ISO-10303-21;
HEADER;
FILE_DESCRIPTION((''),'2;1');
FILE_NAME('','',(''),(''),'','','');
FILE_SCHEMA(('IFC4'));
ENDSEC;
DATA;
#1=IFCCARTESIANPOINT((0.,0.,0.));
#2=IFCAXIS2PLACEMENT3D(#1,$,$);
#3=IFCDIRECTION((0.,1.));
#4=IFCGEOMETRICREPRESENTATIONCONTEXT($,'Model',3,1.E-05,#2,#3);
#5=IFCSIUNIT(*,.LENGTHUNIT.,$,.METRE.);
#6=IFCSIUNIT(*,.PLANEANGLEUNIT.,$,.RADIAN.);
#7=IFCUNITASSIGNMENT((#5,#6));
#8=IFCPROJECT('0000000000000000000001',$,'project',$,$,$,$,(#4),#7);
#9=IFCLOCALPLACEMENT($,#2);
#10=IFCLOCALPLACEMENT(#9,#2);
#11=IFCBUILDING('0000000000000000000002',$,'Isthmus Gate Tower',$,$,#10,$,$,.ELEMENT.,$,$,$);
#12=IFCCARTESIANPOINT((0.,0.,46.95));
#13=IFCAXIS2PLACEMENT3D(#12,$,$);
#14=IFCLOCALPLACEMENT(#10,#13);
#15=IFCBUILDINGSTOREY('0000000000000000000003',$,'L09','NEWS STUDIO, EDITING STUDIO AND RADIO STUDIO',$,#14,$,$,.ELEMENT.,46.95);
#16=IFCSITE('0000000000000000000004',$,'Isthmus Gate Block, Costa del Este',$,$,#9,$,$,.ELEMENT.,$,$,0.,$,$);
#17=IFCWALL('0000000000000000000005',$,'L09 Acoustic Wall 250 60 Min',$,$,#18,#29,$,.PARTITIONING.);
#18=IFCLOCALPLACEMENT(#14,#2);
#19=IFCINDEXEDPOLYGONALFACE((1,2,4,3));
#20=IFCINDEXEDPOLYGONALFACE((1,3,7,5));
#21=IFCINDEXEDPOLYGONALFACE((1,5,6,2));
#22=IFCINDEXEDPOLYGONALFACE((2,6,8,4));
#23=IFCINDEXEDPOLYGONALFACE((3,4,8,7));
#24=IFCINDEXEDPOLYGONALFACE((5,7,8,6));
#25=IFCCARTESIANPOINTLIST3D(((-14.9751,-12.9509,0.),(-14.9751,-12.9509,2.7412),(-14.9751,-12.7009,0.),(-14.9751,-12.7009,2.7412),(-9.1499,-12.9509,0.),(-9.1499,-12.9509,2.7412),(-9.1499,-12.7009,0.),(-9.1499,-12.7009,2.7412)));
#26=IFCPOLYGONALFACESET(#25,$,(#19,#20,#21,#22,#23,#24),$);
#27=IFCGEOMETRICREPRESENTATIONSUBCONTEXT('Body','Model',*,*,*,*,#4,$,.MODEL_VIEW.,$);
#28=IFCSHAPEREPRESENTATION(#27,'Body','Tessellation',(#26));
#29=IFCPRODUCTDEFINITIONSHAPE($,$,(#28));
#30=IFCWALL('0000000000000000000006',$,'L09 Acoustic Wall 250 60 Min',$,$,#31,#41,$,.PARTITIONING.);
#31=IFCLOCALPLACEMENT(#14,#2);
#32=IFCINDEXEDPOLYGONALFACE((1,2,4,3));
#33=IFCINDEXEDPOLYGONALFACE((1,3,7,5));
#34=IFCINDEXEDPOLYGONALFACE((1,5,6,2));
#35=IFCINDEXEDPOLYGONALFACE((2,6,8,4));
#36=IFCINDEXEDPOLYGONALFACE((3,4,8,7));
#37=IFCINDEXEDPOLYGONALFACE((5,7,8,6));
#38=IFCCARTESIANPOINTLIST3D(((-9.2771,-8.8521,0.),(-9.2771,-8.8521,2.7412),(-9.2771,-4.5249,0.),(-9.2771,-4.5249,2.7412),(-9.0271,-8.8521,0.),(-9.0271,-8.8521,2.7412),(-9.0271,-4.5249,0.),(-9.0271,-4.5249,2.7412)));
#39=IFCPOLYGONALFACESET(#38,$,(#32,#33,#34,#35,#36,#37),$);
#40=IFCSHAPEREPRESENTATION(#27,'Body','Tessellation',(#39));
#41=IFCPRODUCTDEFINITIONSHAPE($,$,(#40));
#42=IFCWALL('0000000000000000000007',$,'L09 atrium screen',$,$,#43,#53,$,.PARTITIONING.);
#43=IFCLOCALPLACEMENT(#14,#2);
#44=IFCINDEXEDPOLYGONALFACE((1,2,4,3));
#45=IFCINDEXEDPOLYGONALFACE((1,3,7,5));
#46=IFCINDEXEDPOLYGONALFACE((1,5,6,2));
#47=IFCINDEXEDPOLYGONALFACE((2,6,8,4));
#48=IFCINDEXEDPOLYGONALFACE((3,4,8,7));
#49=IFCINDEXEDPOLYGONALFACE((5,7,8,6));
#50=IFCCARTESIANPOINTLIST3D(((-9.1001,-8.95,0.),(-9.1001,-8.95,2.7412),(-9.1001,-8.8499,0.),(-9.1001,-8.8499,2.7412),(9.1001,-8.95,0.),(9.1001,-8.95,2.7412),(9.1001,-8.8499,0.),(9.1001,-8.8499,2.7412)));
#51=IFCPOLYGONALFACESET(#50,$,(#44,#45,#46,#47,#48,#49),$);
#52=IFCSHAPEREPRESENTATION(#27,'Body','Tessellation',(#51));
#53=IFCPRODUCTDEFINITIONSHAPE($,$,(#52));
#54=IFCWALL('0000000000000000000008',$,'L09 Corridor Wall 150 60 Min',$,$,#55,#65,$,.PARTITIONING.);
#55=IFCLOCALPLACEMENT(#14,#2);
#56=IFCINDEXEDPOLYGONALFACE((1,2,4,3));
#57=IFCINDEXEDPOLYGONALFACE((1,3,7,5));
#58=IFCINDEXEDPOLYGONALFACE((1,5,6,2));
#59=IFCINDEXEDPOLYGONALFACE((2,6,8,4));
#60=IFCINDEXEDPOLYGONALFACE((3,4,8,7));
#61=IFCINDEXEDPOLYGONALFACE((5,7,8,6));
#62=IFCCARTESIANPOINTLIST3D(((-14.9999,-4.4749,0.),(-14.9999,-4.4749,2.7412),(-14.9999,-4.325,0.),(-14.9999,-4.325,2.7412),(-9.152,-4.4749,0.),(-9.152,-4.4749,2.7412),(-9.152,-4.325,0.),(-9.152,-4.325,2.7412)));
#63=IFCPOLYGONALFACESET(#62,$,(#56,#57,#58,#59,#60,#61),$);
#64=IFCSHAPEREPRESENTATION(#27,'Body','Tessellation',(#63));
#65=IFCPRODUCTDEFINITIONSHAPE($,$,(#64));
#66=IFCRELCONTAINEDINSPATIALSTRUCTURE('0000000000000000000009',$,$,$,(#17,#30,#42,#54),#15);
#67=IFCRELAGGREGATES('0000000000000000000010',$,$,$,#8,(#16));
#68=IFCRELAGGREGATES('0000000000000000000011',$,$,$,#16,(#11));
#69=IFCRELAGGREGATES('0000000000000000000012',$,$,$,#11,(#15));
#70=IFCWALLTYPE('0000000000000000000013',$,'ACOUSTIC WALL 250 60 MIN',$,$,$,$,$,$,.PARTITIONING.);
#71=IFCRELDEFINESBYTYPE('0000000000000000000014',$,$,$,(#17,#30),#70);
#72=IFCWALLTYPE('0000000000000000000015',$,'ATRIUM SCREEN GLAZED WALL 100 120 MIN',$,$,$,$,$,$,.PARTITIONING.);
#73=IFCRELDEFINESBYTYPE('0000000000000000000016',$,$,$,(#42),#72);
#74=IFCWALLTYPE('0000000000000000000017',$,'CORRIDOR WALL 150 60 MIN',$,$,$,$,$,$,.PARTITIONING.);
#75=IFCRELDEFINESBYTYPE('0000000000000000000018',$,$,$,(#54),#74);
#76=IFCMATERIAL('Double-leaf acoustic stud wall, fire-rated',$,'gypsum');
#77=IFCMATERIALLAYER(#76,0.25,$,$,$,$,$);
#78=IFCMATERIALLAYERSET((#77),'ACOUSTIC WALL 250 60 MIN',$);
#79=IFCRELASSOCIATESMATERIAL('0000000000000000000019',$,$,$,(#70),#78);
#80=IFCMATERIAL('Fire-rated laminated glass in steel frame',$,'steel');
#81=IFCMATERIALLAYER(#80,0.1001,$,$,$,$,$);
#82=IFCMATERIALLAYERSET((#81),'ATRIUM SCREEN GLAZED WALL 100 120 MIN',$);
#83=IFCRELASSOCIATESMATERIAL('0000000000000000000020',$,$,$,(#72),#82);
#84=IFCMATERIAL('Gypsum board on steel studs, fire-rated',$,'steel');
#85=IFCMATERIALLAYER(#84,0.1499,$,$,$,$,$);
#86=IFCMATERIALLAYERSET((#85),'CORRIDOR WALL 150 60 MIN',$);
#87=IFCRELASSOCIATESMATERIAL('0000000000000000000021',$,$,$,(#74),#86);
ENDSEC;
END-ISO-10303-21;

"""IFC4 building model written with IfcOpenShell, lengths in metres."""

from ifc_helpers import new_model, si_unit, direction, frame, frame_2d, origin, place, context, subcontext, project, spatial, rectangle, extrude, material, layer, layer_set, type_object, element, save


model = new_model("IFC4")

# Units and contexts
model_context = context("Model", 3, precision=1e-05, world=origin(), true_north=direction((0.0, 1.0)))
body_context = subcontext(model_context, "Body", "Model", "MODEL_VIEW")
ifc_project = project(units=[si_unit("LENGTHUNIT", "METRE"), si_unit("PLANEANGLEUNIT", "RADIAN")], contexts=[model_context])

# Site, building, storey
site_placement = place(None, origin())
site = spatial("IfcSite", under=ifc_project, at=site_placement, Name="Isthmus Gate Block, Costa del Este", CompositionType="ELEMENT", RefElevation=0.0)
building_placement = place(site_placement, origin())
building = spatial("IfcBuilding", under=site, at=building_placement, Name="Isthmus Gate Tower", CompositionType="ELEMENT")
storey_placement = place(building_placement, frame((0.0, 0.0, 46.95)))
storey = spatial("IfcBuildingStorey", under=building, at=storey_placement, Name="L09", Description="NEWS STUDIO, EDITING STUDIO AND RADIO STUDIO", CompositionType="ELEMENT", Elevation=46.95)

# Walls
ifc_material_1 = material(Name="Double-leaf acoustic stud wall, fire-rated", Category="gypsum")
ifc_layer_1 = layer(ifc_material_1, 0.25)
ifc_layer_set_1 = layer_set([ifc_layer_1], Name="ACOUSTIC WALL 250 60 MIN")
wall_type_1 = type_object("IfcWallType", Name="ACOUSTIC WALL 250 60 MIN", PredefinedType="PARTITIONING", material=ifc_layer_set_1)
wall_1_placement = place(storey_placement, frame((-14.9751, -12.8259, 0.0), z_axis=(0.0, 0.0, 1.0), x_axis=(1.0, 0.0, 0.0)))
element("IfcWall", 1, at=wall_1_placement, inside=storey, type_object=wall_type_1, Name="L09 Acoustic Wall 250 60 Min", PredefinedType="PARTITIONING", context=body_context, shape_type="SweptSolid", body=[
    extrude(rectangle(XDim=5.8252, YDim=0.25, at=frame_2d((2.9126, 0.0))), origin(), (0.0, 0.0, 1.0), 2.7412),
])
wall_2_placement = place(storey_placement, frame((-9.1521, -8.8521, 0.0), z_axis=(0.0, 0.0, 1.0), x_axis=(0.0, 1.0, 0.0)))
element("IfcWall", 2, at=wall_2_placement, inside=storey, type_object=wall_type_1, Name="L09 Acoustic Wall 250 60 Min", PredefinedType="PARTITIONING", context=body_context, shape_type="SweptSolid", body=[
    extrude(rectangle(XDim=4.3271, YDim=0.25, at=frame_2d((2.1636, 0.0))), origin(), (0.0, 0.0, 1.0), 2.7412),
])
ifc_material_2 = material(Name="Fire-rated laminated glass in steel frame", Category="steel")
ifc_layer_2 = layer(ifc_material_2, 0.1001)
ifc_layer_set_2 = layer_set([ifc_layer_2], Name="ATRIUM SCREEN GLAZED WALL 100 120 MIN")
wall_type_2 = type_object("IfcWallType", Name="ATRIUM SCREEN GLAZED WALL 100 120 MIN", PredefinedType="PARTITIONING", material=ifc_layer_set_2)
wall_3_placement = place(storey_placement, frame((-9.1001, -8.8999, 0.0), z_axis=(0.0, 0.0, 1.0), x_axis=(1.0, 0.0, 0.0)))
element("IfcWall", 3, at=wall_3_placement, inside=storey, type_object=wall_type_2, Name="L09 atrium screen", PredefinedType="PARTITIONING", context=body_context, shape_type="SweptSolid", body=[
    extrude(rectangle(XDim=18.2002, YDim=0.1001, at=frame_2d((9.1001, 0.0))), origin(), (0.0, 0.0, 1.0), 2.7412),
])
ifc_material_3 = material(Name="Gypsum board on steel studs, fire-rated", Category="steel")
ifc_layer_3 = layer(ifc_material_3, 0.1499)
ifc_layer_set_3 = layer_set([ifc_layer_3], Name="CORRIDOR WALL 150 60 MIN")
wall_type_3 = type_object("IfcWallType", Name="CORRIDOR WALL 150 60 MIN", PredefinedType="PARTITIONING", material=ifc_layer_set_3)
wall_4_placement = place(storey_placement, frame((-9.1521, -4.3999, 0.0), z_axis=(0.0, 0.0, 1.0), x_axis=(-1.0, 0.0, 0.0)))
element("IfcWall", 4, at=wall_4_placement, inside=storey, type_object=wall_type_3, Name="L09 Corridor Wall 150 60 Min", PredefinedType="PARTITIONING", context=body_context, shape_type="SweptSolid", body=[
    extrude(rectangle(XDim=5.8479, YDim=0.1499, at=frame_2d((2.9238, 0.0))), origin(), (0.0, 0.0, 1.0), 2.7412),
])

save(model, "model.ifc")
